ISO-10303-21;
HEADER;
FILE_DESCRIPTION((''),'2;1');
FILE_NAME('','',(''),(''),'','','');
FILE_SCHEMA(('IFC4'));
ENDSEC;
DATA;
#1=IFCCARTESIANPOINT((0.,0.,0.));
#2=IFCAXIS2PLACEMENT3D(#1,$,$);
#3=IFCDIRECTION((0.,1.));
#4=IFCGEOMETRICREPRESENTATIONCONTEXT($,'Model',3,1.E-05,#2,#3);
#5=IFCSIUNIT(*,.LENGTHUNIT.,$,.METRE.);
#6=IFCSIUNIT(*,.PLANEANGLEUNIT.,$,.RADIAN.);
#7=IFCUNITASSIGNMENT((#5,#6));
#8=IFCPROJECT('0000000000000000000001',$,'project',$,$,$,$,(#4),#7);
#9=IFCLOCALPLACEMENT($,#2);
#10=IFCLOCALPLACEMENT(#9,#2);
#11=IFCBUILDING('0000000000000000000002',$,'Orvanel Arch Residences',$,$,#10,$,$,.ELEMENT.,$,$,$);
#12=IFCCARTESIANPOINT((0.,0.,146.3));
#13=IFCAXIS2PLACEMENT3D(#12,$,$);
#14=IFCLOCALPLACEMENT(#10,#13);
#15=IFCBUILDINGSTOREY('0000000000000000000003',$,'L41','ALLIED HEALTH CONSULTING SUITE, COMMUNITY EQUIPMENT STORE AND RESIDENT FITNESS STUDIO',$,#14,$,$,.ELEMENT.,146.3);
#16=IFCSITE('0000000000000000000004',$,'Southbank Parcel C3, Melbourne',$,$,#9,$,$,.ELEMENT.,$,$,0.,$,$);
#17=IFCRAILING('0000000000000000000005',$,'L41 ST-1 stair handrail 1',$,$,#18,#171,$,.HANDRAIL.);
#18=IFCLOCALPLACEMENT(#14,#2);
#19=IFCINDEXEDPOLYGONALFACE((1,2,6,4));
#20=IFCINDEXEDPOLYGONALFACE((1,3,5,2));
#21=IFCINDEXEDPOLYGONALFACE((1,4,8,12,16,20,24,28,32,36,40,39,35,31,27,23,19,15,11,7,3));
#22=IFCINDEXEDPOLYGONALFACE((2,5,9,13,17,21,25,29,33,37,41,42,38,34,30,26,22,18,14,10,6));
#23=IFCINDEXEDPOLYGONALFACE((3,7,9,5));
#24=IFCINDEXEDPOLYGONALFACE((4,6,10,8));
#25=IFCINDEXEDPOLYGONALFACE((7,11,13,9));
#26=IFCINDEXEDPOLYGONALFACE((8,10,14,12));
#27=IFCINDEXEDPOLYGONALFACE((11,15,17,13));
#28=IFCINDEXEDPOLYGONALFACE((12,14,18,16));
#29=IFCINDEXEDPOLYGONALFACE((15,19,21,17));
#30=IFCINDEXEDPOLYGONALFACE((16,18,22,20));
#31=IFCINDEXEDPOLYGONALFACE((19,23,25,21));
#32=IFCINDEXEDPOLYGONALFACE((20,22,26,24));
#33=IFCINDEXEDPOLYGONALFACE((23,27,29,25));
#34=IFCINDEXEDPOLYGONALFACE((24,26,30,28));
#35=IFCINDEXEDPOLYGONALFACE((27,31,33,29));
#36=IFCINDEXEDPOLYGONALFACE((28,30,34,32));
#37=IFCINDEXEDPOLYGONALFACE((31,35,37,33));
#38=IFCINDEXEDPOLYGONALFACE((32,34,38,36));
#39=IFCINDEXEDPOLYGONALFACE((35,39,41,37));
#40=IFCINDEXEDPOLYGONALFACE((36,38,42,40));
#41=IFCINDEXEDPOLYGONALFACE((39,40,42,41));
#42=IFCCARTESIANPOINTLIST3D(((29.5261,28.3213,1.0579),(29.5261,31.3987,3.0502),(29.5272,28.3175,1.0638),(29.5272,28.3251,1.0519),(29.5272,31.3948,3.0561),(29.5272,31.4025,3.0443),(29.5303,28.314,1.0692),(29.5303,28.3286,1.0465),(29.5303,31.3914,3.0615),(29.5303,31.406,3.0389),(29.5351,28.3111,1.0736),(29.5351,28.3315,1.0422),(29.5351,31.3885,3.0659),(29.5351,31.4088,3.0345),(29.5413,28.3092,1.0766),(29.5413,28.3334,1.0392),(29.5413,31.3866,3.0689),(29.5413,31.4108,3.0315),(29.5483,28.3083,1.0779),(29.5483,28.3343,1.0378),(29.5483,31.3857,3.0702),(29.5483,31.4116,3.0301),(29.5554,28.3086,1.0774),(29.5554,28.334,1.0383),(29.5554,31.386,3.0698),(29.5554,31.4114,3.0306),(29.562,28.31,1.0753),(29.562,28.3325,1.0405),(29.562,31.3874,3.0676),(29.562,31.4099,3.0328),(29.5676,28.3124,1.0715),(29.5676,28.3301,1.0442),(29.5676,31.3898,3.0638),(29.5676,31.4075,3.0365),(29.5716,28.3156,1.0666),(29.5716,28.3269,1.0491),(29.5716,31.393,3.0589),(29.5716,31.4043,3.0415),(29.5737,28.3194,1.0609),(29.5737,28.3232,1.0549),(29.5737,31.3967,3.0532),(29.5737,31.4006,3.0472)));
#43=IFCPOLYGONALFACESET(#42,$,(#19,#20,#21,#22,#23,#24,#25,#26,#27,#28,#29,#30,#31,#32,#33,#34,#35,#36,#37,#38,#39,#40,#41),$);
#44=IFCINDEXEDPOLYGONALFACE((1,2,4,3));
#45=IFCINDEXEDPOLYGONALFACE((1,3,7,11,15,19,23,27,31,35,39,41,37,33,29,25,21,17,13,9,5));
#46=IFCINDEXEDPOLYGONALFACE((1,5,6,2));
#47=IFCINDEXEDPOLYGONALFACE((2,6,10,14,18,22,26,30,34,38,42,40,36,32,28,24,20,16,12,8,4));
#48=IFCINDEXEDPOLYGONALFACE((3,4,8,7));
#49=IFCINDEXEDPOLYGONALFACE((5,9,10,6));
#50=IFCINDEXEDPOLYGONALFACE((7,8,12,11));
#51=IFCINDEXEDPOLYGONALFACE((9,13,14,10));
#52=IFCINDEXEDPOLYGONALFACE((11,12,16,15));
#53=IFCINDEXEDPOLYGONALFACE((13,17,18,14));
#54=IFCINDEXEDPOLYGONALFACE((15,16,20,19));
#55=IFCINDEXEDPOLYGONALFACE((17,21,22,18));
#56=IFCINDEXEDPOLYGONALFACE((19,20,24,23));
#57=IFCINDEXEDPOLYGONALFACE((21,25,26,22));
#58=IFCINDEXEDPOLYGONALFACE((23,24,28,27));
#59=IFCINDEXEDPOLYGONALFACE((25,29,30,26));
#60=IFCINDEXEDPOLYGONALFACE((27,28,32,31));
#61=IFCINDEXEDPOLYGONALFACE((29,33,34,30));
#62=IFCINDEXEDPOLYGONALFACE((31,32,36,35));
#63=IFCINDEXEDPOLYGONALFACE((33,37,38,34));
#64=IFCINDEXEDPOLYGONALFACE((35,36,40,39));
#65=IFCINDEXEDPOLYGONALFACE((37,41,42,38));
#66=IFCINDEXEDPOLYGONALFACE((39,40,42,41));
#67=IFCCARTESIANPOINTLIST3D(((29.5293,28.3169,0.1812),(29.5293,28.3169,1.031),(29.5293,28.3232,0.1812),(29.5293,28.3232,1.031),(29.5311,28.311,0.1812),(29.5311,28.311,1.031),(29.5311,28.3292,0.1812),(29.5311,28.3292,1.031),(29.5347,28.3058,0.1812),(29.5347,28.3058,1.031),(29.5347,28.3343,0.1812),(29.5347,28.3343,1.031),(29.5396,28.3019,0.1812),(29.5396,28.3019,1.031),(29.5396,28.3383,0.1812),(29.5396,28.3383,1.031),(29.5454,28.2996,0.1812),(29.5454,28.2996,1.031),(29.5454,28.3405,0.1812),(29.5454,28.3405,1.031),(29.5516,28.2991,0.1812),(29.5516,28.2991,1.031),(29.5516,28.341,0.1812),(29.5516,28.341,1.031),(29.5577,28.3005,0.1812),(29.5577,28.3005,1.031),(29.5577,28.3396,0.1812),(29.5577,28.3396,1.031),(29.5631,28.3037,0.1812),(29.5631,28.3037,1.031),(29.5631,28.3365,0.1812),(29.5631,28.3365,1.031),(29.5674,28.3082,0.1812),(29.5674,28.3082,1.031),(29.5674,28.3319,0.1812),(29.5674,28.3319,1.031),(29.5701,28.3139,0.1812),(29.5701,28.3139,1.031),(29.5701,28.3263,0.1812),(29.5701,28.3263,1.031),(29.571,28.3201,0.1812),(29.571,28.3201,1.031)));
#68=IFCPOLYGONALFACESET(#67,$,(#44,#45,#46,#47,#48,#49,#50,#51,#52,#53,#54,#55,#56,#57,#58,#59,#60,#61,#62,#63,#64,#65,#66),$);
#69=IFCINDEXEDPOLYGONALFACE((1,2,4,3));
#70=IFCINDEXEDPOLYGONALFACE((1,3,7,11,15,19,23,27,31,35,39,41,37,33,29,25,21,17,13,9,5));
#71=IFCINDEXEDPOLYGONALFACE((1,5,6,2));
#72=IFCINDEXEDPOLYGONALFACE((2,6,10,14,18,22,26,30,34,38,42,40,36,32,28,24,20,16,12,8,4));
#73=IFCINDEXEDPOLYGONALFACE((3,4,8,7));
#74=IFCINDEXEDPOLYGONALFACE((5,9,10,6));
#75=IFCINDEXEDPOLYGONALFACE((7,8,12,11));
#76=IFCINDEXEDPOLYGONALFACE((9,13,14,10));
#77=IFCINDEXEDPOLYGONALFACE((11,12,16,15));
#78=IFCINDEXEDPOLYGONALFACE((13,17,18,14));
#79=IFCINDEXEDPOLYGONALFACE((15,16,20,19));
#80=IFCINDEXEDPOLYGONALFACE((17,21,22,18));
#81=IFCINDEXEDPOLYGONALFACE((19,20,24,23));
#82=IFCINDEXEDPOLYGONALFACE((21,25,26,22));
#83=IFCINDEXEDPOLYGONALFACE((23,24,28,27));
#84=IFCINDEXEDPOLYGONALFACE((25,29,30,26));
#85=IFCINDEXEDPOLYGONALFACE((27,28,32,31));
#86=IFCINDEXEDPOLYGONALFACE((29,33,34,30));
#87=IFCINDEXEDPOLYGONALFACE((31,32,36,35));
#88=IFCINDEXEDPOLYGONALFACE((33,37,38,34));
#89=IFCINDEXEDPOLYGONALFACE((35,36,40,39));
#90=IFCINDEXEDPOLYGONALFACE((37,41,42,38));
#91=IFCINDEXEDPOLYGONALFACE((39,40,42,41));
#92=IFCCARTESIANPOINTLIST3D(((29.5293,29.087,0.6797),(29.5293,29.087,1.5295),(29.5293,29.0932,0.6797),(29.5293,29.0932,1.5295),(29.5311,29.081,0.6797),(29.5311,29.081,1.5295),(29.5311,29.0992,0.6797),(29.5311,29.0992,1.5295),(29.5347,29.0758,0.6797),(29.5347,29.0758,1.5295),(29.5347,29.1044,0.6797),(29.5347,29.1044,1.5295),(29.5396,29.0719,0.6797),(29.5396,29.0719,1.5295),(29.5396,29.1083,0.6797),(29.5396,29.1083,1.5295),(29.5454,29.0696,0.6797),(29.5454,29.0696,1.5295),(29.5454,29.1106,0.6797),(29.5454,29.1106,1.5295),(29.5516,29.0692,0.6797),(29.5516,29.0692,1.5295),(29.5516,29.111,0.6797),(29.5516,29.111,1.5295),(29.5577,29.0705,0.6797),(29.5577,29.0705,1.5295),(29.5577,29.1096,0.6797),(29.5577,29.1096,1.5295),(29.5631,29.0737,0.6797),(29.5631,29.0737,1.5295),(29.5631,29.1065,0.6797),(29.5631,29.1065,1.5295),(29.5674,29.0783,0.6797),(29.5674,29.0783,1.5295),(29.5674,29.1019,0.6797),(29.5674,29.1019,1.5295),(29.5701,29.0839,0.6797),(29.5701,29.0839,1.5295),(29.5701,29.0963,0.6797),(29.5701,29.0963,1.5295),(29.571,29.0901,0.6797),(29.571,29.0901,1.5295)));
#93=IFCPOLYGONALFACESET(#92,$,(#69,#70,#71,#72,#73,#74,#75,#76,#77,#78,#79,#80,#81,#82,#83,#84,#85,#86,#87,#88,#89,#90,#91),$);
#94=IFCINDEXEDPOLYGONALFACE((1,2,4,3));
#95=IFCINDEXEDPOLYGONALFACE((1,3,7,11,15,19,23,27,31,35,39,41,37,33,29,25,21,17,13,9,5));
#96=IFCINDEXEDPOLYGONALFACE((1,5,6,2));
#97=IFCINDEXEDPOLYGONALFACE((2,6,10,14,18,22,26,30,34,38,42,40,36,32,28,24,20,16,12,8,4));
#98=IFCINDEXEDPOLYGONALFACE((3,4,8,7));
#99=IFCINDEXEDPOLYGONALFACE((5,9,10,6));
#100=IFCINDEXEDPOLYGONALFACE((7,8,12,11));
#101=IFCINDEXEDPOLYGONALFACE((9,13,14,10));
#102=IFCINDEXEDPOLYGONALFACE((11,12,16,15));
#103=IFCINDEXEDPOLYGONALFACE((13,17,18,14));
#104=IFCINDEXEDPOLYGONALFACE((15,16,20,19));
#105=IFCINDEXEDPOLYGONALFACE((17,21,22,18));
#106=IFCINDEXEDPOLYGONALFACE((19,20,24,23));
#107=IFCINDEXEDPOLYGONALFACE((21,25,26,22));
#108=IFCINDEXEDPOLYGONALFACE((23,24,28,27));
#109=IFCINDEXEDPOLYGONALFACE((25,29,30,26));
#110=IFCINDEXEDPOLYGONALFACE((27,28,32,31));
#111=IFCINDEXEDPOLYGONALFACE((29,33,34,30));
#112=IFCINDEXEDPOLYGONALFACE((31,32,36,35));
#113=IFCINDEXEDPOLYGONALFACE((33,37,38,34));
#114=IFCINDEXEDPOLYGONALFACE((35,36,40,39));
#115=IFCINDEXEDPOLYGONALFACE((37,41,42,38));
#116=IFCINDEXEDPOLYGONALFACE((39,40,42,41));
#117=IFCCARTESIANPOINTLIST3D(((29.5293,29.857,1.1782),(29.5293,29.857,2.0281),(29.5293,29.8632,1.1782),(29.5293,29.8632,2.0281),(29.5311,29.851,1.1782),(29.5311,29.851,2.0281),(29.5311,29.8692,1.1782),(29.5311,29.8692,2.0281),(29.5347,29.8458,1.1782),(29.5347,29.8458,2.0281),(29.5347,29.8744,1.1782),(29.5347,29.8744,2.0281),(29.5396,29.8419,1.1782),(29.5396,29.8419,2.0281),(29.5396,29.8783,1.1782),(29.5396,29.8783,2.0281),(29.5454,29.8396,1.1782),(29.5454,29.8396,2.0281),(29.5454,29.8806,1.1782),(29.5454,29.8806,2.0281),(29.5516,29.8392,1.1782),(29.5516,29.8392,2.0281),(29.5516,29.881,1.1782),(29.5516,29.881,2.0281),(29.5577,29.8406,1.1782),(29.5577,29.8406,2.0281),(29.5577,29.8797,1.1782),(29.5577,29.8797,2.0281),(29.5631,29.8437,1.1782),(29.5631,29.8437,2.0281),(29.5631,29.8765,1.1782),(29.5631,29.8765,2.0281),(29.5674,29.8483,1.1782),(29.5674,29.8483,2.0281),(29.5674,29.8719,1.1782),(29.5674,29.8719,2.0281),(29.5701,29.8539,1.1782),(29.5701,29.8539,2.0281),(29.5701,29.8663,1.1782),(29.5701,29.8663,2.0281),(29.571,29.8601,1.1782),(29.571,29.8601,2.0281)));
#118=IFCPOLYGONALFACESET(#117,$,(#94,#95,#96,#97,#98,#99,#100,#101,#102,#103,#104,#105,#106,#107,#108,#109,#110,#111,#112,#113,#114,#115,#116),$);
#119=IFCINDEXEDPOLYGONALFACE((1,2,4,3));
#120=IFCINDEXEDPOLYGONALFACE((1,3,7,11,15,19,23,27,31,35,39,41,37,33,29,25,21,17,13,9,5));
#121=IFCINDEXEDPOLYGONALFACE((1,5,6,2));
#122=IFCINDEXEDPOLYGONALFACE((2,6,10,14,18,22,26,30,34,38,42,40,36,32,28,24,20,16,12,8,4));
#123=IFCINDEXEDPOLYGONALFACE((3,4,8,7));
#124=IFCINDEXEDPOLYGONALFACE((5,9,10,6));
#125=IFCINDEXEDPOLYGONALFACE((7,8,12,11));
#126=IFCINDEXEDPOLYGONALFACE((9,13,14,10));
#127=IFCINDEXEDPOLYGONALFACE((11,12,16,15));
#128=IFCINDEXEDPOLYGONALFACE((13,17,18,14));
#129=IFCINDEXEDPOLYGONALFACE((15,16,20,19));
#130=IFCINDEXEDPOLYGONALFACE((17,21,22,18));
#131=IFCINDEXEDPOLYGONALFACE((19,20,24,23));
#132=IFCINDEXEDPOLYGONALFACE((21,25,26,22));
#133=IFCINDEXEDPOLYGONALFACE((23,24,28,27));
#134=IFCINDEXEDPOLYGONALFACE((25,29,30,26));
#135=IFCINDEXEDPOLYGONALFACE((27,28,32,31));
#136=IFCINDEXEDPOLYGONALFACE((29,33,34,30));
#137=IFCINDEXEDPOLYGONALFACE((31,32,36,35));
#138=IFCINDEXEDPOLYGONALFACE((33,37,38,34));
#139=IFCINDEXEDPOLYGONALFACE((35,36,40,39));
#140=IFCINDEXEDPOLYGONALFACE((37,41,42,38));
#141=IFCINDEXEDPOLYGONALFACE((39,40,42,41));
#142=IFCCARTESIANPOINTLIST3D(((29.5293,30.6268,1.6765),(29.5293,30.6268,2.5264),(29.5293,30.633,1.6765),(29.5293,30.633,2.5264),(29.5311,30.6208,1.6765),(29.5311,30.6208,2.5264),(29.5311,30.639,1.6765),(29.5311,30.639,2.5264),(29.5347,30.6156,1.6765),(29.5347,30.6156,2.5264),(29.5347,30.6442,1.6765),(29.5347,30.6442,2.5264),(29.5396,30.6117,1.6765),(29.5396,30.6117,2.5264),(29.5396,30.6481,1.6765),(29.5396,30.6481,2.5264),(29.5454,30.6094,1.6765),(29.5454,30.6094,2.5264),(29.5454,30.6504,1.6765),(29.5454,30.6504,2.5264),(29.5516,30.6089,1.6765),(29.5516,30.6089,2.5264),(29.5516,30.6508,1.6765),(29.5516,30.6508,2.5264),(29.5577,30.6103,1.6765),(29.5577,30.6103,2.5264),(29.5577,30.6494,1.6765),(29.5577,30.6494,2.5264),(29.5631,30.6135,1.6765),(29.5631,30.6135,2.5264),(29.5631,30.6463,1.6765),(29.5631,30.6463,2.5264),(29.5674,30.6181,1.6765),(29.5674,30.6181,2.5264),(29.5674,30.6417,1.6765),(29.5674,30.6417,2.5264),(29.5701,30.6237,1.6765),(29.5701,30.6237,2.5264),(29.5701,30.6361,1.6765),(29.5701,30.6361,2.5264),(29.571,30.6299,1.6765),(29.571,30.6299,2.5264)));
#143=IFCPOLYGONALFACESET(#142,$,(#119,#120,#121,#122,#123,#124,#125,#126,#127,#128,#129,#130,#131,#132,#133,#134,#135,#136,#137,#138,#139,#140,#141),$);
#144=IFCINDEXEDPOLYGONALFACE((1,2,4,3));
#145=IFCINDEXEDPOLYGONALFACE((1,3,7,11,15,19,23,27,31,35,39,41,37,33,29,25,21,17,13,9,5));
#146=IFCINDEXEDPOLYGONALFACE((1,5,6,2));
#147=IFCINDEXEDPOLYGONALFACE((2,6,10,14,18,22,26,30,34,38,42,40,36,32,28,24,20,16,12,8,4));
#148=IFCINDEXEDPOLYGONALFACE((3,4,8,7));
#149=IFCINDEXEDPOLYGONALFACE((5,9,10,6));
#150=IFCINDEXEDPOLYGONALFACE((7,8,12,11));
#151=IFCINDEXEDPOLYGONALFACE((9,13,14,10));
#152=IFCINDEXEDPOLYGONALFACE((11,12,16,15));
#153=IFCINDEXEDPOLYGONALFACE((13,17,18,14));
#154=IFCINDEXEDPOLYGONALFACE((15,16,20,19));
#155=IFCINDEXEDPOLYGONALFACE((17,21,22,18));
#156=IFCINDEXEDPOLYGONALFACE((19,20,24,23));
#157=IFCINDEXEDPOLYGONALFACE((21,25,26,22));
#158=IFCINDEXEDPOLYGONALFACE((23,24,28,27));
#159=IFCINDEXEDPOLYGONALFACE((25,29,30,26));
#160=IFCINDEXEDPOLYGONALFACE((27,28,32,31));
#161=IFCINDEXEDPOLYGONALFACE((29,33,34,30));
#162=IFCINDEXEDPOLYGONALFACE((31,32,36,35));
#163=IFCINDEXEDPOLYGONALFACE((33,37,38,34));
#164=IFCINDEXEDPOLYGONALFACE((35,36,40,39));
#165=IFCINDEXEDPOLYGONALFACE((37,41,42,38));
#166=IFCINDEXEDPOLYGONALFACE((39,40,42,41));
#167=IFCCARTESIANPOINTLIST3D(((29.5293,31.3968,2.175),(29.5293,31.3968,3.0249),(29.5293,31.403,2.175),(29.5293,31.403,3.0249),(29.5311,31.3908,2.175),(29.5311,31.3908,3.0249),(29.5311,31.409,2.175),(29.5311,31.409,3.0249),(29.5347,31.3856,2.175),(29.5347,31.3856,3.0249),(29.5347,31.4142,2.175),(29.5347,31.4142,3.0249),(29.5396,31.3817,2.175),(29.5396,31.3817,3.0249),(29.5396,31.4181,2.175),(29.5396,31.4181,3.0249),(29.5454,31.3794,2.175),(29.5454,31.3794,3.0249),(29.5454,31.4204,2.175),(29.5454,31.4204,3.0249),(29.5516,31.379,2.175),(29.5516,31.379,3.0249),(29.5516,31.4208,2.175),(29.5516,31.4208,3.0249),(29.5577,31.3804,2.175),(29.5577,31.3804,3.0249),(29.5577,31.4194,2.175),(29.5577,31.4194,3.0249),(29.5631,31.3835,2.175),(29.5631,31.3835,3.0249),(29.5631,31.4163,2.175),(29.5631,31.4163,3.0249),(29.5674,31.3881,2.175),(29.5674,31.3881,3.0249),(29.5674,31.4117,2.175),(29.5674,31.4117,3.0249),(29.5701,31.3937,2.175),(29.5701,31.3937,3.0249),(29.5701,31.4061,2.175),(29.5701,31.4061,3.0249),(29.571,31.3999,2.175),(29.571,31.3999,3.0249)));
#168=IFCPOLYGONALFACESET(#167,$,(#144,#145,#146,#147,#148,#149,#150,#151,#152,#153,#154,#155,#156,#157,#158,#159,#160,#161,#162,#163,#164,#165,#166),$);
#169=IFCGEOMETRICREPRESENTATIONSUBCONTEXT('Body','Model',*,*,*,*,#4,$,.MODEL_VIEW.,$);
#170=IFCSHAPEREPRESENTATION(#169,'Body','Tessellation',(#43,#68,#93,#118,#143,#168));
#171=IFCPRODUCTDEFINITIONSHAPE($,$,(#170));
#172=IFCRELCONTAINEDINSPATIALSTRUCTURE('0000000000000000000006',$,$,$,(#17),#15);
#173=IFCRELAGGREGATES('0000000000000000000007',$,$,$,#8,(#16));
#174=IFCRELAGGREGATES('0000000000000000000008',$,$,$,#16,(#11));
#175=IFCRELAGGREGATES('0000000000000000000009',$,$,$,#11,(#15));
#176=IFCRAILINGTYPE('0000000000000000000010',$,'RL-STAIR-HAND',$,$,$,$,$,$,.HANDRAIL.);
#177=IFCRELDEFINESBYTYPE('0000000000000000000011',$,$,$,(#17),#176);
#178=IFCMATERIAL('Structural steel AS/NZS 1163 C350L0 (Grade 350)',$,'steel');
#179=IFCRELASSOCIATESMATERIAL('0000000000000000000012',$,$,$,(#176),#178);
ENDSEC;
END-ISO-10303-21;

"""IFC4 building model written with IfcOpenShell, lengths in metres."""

from ifc_helpers import new_model, si_unit, direction, frame, origin, origin_2d, place, context, subcontext, project, spatial, circle, extrude, material, type_object, element, save


model = new_model("IFC4")

# Units and contexts
model_context = context("Model", 3, precision=1e-05, world=origin(), true_north=direction((0.0, 1.0)))
body_context = subcontext(model_context, "Body", "Model", "MODEL_VIEW")
ifc_project = project(units=[si_unit("LENGTHUNIT", "METRE"), si_unit("PLANEANGLEUNIT", "RADIAN")], contexts=[model_context])

# Site, building, storey
site_placement = place(None, origin())
site = spatial("IfcSite", under=ifc_project, at=site_placement, Name="Southbank Parcel C3, Melbourne", CompositionType="ELEMENT", RefElevation=0.0)
building_placement = place(site_placement, origin())
building = spatial("IfcBuilding", under=site, at=building_placement, Name="Orvanel Arch Residences", CompositionType="ELEMENT")
storey_placement = place(building_placement, frame((0.0, 0.0, 146.3)))
storey = spatial("IfcBuildingStorey", under=building, at=storey_placement, Name="L41", Description="ALLIED HEALTH CONSULTING SUITE, COMMUNITY EQUIPMENT STORE AND RESIDENT FITNESS STUDIO", CompositionType="ELEMENT", Elevation=146.3)

# Railing
ifc_material_1 = material(Name="Structural steel AS/NZS 1163 C350L0 (Grade 350)", Category="steel")
railing_type_1 = type_object("IfcRailingType", Name="RL-STAIR-HAND", PredefinedType="HANDRAIL", material=ifc_material_1)
railing_1_placement = place(storey_placement, frame((29.55, 28.3201, 0.1812)))
element("IfcRailing", 1, at=railing_1_placement, inside=storey, type_object=railing_type_1, Name="L41 ST-1 stair handrail 1", PredefinedType="HANDRAIL", context=body_context, shape_type="SweptSolid", body=[
    extrude(circle(Radius=0.0239, at=origin_2d()), frame((0.0, 0.0012, 0.8767), z_axis=(0.0, 0.839438, 0.543455), x_axis=(-1.0, 0.0, 0.0)), (0.0, 0.0, 1.0), 3.666),
    extrude(circle(Radius=0.021, at=origin_2d()), origin(), (0.0, 0.0, 1.0), 0.8499),
    extrude(circle(Radius=0.021, at=origin_2d()), frame((0.0, 0.77, 0.4985)), (0.0, 0.0, 1.0), 0.8499),
    extrude(circle(Radius=0.021, at=origin_2d()), frame((0.0, 1.54, 0.9971)), (0.0, 0.0, 1.0), 0.8499),
    extrude(circle(Radius=0.021, at=origin_2d()), frame((0.0, 2.3098, 1.4954)), (0.0, 0.0, 1.0), 0.8499),
    extrude(circle(Radius=0.021, at=origin_2d()), frame((0.0, 3.0798, 1.9939)), (0.0, 0.0, 1.0), 0.8499),
])

save(model, "model.ifc")
